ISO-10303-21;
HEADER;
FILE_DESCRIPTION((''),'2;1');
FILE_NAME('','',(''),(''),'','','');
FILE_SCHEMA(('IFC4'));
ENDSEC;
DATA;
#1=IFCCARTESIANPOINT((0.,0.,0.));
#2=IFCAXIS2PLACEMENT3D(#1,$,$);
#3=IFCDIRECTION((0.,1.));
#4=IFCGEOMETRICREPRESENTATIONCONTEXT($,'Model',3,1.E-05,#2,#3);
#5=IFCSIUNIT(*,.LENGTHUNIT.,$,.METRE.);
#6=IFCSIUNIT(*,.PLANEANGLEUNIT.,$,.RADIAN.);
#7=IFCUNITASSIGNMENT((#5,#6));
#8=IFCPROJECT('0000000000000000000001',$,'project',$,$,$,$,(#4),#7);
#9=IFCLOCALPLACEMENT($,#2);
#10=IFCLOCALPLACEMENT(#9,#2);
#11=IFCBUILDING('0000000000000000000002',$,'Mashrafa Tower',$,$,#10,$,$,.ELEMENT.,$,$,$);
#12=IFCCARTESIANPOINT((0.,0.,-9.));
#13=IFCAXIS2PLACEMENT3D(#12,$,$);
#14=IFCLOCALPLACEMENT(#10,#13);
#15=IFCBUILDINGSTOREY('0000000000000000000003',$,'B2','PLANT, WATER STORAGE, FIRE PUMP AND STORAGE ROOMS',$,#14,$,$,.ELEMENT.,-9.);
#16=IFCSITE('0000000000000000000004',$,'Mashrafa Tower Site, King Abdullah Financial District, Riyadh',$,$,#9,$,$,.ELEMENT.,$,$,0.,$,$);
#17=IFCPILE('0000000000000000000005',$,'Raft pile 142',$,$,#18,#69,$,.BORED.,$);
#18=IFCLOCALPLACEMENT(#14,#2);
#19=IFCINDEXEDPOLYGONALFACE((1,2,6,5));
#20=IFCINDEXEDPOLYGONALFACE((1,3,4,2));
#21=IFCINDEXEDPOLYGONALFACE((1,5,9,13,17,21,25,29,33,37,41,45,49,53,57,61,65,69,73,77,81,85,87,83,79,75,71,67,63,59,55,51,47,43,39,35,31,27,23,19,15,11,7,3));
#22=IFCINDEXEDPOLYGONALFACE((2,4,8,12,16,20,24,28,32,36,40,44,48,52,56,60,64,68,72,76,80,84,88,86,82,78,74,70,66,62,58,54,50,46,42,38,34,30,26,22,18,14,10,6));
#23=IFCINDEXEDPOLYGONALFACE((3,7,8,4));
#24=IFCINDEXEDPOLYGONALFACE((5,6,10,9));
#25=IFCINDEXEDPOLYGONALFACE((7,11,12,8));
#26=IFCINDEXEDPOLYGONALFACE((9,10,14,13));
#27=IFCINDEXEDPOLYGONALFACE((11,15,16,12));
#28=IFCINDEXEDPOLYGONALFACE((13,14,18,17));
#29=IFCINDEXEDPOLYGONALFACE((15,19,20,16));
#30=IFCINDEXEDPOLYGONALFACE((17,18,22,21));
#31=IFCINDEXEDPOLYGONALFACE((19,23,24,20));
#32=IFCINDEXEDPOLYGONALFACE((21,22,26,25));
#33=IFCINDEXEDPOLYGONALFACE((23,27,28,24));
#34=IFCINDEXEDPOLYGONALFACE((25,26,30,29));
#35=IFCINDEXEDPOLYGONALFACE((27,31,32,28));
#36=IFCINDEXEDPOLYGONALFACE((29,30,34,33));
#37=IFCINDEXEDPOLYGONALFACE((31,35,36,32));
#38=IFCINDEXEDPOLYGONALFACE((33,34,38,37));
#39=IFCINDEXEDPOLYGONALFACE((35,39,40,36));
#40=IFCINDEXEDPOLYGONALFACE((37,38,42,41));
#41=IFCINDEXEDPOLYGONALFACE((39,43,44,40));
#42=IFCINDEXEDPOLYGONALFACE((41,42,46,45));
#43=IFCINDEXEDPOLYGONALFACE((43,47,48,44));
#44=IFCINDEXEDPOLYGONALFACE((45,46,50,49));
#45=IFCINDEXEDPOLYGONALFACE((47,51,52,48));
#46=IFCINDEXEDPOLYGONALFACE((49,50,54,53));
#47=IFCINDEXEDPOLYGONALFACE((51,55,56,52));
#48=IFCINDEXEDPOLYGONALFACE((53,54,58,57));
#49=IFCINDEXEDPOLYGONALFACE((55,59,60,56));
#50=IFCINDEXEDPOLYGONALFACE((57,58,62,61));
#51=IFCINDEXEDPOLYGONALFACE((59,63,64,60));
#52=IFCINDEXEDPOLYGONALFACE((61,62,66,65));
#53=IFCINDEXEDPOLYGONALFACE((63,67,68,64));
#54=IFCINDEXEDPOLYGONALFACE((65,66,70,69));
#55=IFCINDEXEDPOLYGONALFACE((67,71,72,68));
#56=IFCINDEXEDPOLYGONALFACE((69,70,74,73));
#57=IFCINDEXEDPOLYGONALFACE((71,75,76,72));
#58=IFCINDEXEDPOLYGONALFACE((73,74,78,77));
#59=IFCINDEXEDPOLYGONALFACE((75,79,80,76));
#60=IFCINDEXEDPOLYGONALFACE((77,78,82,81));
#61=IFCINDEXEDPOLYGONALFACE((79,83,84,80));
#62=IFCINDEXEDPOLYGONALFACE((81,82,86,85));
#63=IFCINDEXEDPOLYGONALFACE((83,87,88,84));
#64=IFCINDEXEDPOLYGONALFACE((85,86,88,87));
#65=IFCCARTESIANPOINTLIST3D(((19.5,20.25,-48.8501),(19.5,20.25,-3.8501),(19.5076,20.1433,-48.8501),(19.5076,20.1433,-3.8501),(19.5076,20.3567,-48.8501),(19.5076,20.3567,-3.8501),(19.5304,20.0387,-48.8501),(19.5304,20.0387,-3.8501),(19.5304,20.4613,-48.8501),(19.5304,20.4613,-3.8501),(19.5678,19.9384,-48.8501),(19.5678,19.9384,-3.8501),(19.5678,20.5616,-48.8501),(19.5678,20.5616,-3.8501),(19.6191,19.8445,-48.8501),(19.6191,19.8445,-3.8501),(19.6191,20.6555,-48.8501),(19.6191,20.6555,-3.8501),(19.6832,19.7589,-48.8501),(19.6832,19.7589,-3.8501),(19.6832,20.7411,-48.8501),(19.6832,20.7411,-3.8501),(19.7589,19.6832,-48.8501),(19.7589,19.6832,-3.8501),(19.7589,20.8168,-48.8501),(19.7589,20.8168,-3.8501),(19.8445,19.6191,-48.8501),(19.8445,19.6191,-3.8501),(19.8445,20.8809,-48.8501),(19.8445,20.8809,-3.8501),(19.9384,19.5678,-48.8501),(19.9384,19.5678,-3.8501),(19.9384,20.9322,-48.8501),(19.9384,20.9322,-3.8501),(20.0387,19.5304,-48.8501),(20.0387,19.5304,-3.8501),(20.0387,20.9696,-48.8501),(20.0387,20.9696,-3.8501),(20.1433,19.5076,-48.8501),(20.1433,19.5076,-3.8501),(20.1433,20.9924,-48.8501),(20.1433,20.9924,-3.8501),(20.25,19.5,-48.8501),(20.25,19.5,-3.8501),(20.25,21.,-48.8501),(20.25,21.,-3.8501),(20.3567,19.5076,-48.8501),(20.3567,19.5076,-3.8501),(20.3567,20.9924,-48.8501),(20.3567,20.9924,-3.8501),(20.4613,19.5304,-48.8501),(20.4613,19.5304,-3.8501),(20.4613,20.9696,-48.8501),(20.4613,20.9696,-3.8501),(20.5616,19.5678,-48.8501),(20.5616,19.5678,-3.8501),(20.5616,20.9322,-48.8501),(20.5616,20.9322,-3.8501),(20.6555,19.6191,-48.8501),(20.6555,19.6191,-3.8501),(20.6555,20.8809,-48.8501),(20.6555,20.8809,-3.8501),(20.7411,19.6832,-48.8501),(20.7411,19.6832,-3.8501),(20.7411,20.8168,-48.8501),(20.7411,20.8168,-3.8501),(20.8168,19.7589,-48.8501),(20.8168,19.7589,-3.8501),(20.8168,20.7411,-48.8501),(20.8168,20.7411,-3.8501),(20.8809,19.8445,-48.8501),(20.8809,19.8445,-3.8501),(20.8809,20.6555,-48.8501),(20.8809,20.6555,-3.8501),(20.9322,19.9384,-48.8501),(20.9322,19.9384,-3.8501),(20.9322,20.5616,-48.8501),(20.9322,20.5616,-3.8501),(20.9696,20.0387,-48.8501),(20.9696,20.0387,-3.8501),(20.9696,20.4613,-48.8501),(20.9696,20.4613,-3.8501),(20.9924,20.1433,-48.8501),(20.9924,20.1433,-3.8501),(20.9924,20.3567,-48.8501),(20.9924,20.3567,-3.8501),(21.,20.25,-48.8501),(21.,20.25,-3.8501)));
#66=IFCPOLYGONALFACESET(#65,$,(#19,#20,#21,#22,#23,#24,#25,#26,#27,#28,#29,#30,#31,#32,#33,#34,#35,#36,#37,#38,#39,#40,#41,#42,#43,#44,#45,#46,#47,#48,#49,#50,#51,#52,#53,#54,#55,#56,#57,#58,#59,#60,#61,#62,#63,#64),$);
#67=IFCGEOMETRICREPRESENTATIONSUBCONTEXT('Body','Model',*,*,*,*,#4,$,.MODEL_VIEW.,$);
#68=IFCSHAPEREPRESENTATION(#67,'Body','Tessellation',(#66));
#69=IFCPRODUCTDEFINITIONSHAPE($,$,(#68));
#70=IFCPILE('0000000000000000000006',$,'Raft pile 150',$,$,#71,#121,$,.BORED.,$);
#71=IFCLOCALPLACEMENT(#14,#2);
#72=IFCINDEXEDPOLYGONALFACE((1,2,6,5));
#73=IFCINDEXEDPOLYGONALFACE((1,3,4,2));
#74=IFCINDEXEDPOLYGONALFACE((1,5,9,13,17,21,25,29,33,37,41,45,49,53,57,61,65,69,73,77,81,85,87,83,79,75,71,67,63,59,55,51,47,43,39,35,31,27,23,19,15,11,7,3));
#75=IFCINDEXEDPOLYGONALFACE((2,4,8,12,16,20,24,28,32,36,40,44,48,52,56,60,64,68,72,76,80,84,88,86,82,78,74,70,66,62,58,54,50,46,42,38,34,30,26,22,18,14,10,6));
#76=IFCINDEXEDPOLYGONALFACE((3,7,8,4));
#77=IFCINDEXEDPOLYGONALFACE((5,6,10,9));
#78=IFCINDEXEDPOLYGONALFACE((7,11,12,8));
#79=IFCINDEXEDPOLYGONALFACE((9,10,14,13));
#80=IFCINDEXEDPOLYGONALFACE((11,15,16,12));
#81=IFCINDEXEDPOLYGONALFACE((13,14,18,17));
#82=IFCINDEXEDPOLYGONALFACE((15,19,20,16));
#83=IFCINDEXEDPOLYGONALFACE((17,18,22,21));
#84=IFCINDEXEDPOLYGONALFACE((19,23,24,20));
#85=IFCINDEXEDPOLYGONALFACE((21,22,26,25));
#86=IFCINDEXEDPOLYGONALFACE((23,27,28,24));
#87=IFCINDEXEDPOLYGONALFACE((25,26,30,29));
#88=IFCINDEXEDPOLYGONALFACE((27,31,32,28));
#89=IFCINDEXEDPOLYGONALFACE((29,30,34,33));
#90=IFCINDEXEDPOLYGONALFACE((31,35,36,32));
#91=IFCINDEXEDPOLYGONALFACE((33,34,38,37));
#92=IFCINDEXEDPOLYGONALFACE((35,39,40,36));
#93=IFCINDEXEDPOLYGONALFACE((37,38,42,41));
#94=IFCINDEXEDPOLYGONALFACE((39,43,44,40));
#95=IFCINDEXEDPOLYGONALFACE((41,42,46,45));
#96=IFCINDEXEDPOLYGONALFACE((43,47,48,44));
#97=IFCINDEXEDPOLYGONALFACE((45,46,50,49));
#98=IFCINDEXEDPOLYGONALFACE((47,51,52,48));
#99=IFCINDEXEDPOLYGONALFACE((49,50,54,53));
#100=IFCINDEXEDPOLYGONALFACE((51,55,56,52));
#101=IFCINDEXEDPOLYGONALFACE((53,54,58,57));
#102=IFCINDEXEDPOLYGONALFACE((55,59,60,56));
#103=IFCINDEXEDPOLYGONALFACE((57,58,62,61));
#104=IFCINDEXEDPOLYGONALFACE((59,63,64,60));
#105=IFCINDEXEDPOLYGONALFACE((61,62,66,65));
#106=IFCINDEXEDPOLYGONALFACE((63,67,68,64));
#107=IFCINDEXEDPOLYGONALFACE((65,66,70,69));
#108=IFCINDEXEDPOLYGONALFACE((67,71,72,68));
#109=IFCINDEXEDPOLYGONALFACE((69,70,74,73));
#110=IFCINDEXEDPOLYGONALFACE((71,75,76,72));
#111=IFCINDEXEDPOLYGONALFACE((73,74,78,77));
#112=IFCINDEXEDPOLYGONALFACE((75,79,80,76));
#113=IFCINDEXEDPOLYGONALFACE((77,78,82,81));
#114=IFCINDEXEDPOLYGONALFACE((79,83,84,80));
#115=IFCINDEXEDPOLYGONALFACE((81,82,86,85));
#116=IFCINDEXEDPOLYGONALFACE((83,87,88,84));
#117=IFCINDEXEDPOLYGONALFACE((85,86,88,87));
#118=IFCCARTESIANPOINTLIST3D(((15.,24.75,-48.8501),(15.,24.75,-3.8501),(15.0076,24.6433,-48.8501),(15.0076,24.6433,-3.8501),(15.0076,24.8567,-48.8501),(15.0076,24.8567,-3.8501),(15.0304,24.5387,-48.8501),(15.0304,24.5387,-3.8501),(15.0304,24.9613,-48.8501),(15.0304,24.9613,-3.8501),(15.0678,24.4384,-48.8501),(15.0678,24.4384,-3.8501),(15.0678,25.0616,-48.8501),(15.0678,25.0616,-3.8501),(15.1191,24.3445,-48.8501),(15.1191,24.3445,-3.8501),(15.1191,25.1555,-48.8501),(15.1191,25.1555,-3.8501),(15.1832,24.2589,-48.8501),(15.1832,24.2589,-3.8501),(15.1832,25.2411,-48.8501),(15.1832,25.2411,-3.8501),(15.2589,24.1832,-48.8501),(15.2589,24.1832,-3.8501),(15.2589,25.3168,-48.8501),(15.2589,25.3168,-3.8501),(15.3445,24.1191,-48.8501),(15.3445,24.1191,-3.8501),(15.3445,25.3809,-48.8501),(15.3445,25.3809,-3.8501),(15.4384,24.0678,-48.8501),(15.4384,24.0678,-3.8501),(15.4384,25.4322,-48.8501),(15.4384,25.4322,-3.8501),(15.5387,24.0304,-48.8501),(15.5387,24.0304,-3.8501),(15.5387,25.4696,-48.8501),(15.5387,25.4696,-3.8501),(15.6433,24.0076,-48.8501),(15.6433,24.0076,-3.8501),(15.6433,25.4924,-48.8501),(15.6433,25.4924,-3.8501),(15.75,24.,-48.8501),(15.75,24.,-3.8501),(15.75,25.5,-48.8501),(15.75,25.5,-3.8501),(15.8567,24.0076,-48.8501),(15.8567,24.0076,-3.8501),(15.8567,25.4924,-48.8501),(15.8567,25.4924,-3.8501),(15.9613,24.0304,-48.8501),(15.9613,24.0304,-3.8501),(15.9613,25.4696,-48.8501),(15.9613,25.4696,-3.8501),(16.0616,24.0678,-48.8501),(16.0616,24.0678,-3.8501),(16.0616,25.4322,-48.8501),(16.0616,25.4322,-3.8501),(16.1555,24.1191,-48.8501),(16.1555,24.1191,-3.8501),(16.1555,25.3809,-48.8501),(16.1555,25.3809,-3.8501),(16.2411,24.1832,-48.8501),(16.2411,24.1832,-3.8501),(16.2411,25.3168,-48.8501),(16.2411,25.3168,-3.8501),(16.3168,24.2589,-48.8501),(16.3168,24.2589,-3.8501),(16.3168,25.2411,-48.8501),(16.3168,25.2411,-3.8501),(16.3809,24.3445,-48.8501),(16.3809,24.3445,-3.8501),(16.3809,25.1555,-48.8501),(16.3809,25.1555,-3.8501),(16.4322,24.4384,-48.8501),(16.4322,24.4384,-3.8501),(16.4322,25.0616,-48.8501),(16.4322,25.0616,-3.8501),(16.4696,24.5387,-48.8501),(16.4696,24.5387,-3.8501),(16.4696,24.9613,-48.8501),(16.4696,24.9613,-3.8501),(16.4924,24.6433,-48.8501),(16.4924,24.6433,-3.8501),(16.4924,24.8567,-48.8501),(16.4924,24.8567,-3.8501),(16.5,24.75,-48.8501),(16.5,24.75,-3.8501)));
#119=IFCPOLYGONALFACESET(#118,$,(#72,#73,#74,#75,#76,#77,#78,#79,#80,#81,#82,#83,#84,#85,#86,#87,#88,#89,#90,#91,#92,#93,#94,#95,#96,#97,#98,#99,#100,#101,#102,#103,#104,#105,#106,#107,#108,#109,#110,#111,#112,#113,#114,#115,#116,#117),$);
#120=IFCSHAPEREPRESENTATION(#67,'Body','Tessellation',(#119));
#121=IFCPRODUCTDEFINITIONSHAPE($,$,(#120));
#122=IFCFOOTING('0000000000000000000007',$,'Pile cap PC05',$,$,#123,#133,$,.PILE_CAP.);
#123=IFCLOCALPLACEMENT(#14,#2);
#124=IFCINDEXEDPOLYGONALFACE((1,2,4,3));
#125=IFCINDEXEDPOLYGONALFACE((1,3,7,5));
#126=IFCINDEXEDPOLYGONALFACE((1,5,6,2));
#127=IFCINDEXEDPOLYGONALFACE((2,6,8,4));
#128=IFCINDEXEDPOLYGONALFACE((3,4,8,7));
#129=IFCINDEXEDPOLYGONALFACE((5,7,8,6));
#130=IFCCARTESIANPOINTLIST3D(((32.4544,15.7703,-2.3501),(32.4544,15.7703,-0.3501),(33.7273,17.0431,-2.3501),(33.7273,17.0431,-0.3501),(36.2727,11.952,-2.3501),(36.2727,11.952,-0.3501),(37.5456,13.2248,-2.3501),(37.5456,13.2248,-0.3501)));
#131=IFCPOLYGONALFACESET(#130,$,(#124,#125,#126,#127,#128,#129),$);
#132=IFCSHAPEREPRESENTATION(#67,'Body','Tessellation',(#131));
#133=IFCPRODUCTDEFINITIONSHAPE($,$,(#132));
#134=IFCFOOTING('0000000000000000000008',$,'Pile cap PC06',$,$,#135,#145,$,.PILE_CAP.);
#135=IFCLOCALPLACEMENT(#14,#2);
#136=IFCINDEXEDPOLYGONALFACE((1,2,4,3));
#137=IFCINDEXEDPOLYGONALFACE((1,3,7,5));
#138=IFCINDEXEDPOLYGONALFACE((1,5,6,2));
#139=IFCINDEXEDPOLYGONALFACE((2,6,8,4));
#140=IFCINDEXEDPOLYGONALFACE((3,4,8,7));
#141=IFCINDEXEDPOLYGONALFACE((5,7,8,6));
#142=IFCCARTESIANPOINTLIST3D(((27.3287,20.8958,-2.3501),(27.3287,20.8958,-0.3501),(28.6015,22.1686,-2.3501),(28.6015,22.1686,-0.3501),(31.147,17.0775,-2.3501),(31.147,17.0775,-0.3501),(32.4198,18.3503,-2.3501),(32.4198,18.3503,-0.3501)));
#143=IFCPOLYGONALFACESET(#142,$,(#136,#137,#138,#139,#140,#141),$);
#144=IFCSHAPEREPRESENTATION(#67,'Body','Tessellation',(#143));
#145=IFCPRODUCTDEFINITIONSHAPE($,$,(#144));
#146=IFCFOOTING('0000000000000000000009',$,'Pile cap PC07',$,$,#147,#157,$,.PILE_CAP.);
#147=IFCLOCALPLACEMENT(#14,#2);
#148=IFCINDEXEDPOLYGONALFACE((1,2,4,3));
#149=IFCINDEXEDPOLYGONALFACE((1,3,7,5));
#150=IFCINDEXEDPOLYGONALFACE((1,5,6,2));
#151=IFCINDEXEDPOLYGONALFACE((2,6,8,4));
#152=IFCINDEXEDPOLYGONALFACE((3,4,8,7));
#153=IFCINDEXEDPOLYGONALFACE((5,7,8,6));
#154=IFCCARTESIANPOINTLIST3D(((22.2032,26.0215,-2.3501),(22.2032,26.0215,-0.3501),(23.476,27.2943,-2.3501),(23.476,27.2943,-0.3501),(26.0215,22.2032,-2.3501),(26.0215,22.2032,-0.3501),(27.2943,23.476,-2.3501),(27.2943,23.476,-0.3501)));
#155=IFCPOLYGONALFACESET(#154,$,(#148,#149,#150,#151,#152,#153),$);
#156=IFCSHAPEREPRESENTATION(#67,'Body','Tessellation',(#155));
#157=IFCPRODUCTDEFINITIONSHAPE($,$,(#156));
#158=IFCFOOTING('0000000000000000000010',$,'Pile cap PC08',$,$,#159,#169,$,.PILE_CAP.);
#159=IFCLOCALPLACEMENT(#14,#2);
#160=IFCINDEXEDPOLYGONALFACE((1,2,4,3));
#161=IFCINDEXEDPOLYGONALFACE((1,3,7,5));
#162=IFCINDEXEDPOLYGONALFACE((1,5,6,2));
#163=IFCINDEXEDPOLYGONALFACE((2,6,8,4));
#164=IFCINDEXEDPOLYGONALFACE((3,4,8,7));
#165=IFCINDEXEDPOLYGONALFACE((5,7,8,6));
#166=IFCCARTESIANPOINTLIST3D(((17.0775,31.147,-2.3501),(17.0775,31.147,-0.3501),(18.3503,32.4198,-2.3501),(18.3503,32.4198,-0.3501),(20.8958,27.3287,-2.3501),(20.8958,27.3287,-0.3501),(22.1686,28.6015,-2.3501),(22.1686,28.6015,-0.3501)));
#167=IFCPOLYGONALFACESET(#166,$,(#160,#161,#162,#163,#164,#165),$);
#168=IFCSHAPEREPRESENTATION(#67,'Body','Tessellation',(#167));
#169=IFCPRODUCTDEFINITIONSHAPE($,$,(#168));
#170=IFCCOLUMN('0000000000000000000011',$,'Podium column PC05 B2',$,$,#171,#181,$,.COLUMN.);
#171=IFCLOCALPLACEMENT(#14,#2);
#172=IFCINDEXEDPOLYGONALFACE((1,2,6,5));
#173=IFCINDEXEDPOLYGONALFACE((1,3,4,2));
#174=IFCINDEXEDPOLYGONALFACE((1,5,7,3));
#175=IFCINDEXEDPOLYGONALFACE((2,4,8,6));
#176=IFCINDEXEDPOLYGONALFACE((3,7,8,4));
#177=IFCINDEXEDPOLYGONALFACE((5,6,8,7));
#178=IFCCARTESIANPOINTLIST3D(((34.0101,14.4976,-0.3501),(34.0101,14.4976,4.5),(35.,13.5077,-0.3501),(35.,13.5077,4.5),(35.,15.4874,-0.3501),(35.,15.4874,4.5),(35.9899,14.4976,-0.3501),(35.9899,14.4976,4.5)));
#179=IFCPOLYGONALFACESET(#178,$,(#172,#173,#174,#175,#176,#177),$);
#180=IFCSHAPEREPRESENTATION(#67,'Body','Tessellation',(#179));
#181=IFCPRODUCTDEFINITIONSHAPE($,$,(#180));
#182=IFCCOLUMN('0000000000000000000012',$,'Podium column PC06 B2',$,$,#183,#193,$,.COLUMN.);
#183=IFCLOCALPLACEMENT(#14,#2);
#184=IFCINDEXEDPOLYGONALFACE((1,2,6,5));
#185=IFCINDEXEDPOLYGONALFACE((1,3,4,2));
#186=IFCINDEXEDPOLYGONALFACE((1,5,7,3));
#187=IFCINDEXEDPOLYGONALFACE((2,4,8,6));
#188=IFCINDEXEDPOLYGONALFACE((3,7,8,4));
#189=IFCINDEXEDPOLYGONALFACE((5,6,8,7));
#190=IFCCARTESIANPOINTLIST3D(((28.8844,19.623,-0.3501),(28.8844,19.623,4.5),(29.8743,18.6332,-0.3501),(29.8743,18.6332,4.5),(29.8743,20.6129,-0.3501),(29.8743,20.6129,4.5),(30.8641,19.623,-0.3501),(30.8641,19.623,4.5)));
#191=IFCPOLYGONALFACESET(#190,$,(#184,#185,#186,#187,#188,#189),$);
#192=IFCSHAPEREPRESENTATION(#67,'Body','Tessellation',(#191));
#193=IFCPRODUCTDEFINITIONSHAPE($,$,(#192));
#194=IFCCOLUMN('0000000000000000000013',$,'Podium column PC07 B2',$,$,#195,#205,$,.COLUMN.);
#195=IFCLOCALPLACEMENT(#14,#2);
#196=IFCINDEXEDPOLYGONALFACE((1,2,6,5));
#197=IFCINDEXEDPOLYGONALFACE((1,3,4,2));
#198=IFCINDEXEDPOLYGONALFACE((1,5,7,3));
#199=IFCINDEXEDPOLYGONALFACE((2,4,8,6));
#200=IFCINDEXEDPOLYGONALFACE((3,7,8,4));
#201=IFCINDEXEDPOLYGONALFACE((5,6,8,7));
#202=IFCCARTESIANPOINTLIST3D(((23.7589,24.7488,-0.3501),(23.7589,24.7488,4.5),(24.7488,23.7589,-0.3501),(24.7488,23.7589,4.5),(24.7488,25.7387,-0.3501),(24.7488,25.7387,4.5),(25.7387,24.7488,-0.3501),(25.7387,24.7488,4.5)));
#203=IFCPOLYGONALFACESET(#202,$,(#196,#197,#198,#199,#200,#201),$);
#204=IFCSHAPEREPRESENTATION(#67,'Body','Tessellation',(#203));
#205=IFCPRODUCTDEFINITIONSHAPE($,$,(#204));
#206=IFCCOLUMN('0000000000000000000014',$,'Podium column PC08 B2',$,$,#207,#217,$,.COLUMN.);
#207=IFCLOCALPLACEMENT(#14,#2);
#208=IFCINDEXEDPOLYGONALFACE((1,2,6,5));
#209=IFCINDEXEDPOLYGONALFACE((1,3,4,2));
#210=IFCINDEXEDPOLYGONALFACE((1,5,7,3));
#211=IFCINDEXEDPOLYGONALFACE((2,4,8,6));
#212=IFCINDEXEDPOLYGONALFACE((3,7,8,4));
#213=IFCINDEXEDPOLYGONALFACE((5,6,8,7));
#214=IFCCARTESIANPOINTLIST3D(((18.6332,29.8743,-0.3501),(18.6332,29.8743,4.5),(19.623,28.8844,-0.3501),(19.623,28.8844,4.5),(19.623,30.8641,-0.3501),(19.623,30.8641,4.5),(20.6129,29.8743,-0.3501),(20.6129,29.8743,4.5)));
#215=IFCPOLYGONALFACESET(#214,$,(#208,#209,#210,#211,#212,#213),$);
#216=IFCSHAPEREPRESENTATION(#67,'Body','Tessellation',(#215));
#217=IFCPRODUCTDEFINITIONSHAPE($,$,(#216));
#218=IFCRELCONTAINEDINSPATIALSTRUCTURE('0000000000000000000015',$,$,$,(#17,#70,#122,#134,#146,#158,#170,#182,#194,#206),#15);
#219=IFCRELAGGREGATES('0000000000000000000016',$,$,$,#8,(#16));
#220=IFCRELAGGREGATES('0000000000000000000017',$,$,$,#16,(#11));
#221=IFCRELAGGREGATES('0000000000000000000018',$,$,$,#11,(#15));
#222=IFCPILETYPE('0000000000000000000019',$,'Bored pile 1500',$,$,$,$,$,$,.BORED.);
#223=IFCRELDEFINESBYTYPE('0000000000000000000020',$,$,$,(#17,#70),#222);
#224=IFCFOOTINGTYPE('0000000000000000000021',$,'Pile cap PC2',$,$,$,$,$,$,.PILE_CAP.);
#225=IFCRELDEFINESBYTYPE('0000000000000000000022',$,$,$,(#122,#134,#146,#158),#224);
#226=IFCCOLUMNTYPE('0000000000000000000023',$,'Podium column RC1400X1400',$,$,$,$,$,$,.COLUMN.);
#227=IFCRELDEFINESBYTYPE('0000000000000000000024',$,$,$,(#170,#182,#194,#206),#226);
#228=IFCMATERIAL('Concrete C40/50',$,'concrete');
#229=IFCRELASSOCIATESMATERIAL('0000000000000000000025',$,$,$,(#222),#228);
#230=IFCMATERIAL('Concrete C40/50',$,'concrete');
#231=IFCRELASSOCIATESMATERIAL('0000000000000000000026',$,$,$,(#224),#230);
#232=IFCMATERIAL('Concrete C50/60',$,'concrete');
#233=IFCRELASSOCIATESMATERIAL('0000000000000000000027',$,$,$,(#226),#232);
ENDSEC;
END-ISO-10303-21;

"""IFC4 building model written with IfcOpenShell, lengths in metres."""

from ifc_helpers import new_model, si_unit, direction, frame, origin, origin_2d, place, context, subcontext, project, spatial, rectangle, circle, extrude, material, material_profile, profile_set, type_object, element, save


model = new_model("IFC4")

# Units and contexts
model_context = context("Model", 3, precision=1e-05, world=origin(), true_north=direction((0.0, 1.0)))
body_context = subcontext(model_context, "Body", "Model", "MODEL_VIEW")
ifc_project = project(units=[si_unit("LENGTHUNIT", "METRE"), si_unit("PLANEANGLEUNIT", "RADIAN")], contexts=[model_context])

# Site, building, storey
site_placement = place(None, origin())
site = spatial("IfcSite", under=ifc_project, at=site_placement, Name="Mashrafa Tower Site, King Abdullah Financial District, Riyadh", CompositionType="ELEMENT", RefElevation=0.0)
building_placement = place(site_placement, origin())
building = spatial("IfcBuilding", under=site, at=building_placement, Name="Mashrafa Tower", CompositionType="ELEMENT")
storey_placement = place(building_placement, frame((0.0, 0.0, -9.0)))
storey = spatial("IfcBuildingStorey", under=building, at=storey_placement, Name="B2", Description="PLANT, WATER STORAGE, FIRE PUMP AND STORAGE ROOMS", CompositionType="ELEMENT", Elevation=-9.0)

# Piles
ifc_material_1 = material(Name="Concrete C40/50", Category="concrete")
ifc_material_profile_1 = material_profile(ifc_material_1, circle(Radius=0.75, at=origin_2d()), Name="1500 DIA")
ifc_profile_set_1 = profile_set([ifc_material_profile_1], Name="Concrete C40/50")
pile_type_1 = type_object("IfcPileType", Name="Bored pile 1500", PredefinedType="BORED", material=ifc_profile_set_1)
for number, where, z_axis, x_axis, name in (
    (1, (20.25, 20.25, -3.8501), (0.0, 0.0, -1.0), (1.0, 0.0, 0.0), "Raft pile 142"),
    (2, (15.75, 24.75, -3.8501), (0.0, 0.0, -1.0), (1.0, 0.0, 0.0), "Raft pile 150"),
):
    element("IfcPile", number, at=place(storey_placement, frame(where, z_axis=z_axis, x_axis=x_axis)), inside=storey, type_object=pile_type_1, Name=name, PredefinedType="BORED", context=body_context, shape_type="SweptSolid", body=[
        extrude(circle(Radius=0.75, at=origin_2d()), origin(), (0.0, 0.0, 1.0), 45.0),
    ])

# Footings
ifc_material_2 = material(Name="Concrete C40/50", Category="concrete")
footing_type = type_object("IfcFootingType", Name="Pile cap PC2", PredefinedType="PILE_CAP", material=ifc_material_2)
for number, where, z_axis, x_axis, name in (
    (3, (35.0, 14.4976, -2.3501), (0.0, 0.0, 1.0), (-0.707107, 0.707107, 0.0), "Pile cap PC05"),
    (4, (29.8743, 19.623, -2.3501), (0.0, 0.0, 1.0), (-0.707107, 0.707107, 0.0), "Pile cap PC06"),
    (5, (24.7488, 24.7488, -2.3501), (0.0, 0.0, 1.0), (-0.707107, 0.707107, 0.0), "Pile cap PC07"),
    (6, (19.623, 29.8743, -2.3501), (0.0, 0.0, 1.0), (-0.707107, 0.707107, 0.0), "Pile cap PC08"),
):
    element("IfcFooting", number, at=place(storey_placement, frame(where, z_axis=z_axis, x_axis=x_axis)), inside=storey, type_object=footing_type, Name=name, PredefinedType="PILE_CAP", context=body_context, shape_type="SweptSolid", body=[
        extrude(rectangle(XDim=5.3999, YDim=1.8, at=origin_2d()), origin(), (0.0, 0.0, 1.0), 2.0),
    ])

# Columns
ifc_material_3 = material(Name="Concrete C50/60", Category="concrete")
ifc_material_profile_2 = material_profile(ifc_material_3, rectangle(XDim=1.3999, YDim=1.3999, at=origin_2d()), Name="RC1400X1400")
ifc_profile_set_2 = profile_set([ifc_material_profile_2], Name="Concrete C50/60")
column_type_1 = type_object("IfcColumnType", Name="Podium column RC1400X1400", PredefinedType="COLUMN", material=ifc_profile_set_2)
for number, where, z_axis, x_axis, name in (
    (7, (35.0, 14.4976, -0.3501), (0.0, 0.0, 1.0), (0.707107, 0.707107, 0.0), "Podium column PC05 B2"),
    (8, (29.8743, 19.623, -0.3501), (0.0, 0.0, 1.0), (0.707107, 0.707107, 0.0), "Podium column PC06 B2"),
    (9, (24.7488, 24.7488, -0.3501), (0.0, 0.0, 1.0), (0.707107, 0.707107, 0.0), "Podium column PC07 B2"),
    (10, (19.623, 29.8743, -0.3501), (0.0, 0.0, 1.0), (0.707107, 0.707107, 0.0), "Podium column PC08 B2"),
):
    element("IfcColumn", number, at=place(storey_placement, frame(where, z_axis=z_axis, x_axis=x_axis)), inside=storey, type_object=column_type_1, Name=name, PredefinedType="COLUMN", context=body_context, shape_type="SweptSolid", body=[
        extrude(rectangle(XDim=1.3999, YDim=1.3999, at=origin_2d()), origin(), (0.0, 0.0, 1.0), 4.8501),
    ])

save(model, "model.ifc")
